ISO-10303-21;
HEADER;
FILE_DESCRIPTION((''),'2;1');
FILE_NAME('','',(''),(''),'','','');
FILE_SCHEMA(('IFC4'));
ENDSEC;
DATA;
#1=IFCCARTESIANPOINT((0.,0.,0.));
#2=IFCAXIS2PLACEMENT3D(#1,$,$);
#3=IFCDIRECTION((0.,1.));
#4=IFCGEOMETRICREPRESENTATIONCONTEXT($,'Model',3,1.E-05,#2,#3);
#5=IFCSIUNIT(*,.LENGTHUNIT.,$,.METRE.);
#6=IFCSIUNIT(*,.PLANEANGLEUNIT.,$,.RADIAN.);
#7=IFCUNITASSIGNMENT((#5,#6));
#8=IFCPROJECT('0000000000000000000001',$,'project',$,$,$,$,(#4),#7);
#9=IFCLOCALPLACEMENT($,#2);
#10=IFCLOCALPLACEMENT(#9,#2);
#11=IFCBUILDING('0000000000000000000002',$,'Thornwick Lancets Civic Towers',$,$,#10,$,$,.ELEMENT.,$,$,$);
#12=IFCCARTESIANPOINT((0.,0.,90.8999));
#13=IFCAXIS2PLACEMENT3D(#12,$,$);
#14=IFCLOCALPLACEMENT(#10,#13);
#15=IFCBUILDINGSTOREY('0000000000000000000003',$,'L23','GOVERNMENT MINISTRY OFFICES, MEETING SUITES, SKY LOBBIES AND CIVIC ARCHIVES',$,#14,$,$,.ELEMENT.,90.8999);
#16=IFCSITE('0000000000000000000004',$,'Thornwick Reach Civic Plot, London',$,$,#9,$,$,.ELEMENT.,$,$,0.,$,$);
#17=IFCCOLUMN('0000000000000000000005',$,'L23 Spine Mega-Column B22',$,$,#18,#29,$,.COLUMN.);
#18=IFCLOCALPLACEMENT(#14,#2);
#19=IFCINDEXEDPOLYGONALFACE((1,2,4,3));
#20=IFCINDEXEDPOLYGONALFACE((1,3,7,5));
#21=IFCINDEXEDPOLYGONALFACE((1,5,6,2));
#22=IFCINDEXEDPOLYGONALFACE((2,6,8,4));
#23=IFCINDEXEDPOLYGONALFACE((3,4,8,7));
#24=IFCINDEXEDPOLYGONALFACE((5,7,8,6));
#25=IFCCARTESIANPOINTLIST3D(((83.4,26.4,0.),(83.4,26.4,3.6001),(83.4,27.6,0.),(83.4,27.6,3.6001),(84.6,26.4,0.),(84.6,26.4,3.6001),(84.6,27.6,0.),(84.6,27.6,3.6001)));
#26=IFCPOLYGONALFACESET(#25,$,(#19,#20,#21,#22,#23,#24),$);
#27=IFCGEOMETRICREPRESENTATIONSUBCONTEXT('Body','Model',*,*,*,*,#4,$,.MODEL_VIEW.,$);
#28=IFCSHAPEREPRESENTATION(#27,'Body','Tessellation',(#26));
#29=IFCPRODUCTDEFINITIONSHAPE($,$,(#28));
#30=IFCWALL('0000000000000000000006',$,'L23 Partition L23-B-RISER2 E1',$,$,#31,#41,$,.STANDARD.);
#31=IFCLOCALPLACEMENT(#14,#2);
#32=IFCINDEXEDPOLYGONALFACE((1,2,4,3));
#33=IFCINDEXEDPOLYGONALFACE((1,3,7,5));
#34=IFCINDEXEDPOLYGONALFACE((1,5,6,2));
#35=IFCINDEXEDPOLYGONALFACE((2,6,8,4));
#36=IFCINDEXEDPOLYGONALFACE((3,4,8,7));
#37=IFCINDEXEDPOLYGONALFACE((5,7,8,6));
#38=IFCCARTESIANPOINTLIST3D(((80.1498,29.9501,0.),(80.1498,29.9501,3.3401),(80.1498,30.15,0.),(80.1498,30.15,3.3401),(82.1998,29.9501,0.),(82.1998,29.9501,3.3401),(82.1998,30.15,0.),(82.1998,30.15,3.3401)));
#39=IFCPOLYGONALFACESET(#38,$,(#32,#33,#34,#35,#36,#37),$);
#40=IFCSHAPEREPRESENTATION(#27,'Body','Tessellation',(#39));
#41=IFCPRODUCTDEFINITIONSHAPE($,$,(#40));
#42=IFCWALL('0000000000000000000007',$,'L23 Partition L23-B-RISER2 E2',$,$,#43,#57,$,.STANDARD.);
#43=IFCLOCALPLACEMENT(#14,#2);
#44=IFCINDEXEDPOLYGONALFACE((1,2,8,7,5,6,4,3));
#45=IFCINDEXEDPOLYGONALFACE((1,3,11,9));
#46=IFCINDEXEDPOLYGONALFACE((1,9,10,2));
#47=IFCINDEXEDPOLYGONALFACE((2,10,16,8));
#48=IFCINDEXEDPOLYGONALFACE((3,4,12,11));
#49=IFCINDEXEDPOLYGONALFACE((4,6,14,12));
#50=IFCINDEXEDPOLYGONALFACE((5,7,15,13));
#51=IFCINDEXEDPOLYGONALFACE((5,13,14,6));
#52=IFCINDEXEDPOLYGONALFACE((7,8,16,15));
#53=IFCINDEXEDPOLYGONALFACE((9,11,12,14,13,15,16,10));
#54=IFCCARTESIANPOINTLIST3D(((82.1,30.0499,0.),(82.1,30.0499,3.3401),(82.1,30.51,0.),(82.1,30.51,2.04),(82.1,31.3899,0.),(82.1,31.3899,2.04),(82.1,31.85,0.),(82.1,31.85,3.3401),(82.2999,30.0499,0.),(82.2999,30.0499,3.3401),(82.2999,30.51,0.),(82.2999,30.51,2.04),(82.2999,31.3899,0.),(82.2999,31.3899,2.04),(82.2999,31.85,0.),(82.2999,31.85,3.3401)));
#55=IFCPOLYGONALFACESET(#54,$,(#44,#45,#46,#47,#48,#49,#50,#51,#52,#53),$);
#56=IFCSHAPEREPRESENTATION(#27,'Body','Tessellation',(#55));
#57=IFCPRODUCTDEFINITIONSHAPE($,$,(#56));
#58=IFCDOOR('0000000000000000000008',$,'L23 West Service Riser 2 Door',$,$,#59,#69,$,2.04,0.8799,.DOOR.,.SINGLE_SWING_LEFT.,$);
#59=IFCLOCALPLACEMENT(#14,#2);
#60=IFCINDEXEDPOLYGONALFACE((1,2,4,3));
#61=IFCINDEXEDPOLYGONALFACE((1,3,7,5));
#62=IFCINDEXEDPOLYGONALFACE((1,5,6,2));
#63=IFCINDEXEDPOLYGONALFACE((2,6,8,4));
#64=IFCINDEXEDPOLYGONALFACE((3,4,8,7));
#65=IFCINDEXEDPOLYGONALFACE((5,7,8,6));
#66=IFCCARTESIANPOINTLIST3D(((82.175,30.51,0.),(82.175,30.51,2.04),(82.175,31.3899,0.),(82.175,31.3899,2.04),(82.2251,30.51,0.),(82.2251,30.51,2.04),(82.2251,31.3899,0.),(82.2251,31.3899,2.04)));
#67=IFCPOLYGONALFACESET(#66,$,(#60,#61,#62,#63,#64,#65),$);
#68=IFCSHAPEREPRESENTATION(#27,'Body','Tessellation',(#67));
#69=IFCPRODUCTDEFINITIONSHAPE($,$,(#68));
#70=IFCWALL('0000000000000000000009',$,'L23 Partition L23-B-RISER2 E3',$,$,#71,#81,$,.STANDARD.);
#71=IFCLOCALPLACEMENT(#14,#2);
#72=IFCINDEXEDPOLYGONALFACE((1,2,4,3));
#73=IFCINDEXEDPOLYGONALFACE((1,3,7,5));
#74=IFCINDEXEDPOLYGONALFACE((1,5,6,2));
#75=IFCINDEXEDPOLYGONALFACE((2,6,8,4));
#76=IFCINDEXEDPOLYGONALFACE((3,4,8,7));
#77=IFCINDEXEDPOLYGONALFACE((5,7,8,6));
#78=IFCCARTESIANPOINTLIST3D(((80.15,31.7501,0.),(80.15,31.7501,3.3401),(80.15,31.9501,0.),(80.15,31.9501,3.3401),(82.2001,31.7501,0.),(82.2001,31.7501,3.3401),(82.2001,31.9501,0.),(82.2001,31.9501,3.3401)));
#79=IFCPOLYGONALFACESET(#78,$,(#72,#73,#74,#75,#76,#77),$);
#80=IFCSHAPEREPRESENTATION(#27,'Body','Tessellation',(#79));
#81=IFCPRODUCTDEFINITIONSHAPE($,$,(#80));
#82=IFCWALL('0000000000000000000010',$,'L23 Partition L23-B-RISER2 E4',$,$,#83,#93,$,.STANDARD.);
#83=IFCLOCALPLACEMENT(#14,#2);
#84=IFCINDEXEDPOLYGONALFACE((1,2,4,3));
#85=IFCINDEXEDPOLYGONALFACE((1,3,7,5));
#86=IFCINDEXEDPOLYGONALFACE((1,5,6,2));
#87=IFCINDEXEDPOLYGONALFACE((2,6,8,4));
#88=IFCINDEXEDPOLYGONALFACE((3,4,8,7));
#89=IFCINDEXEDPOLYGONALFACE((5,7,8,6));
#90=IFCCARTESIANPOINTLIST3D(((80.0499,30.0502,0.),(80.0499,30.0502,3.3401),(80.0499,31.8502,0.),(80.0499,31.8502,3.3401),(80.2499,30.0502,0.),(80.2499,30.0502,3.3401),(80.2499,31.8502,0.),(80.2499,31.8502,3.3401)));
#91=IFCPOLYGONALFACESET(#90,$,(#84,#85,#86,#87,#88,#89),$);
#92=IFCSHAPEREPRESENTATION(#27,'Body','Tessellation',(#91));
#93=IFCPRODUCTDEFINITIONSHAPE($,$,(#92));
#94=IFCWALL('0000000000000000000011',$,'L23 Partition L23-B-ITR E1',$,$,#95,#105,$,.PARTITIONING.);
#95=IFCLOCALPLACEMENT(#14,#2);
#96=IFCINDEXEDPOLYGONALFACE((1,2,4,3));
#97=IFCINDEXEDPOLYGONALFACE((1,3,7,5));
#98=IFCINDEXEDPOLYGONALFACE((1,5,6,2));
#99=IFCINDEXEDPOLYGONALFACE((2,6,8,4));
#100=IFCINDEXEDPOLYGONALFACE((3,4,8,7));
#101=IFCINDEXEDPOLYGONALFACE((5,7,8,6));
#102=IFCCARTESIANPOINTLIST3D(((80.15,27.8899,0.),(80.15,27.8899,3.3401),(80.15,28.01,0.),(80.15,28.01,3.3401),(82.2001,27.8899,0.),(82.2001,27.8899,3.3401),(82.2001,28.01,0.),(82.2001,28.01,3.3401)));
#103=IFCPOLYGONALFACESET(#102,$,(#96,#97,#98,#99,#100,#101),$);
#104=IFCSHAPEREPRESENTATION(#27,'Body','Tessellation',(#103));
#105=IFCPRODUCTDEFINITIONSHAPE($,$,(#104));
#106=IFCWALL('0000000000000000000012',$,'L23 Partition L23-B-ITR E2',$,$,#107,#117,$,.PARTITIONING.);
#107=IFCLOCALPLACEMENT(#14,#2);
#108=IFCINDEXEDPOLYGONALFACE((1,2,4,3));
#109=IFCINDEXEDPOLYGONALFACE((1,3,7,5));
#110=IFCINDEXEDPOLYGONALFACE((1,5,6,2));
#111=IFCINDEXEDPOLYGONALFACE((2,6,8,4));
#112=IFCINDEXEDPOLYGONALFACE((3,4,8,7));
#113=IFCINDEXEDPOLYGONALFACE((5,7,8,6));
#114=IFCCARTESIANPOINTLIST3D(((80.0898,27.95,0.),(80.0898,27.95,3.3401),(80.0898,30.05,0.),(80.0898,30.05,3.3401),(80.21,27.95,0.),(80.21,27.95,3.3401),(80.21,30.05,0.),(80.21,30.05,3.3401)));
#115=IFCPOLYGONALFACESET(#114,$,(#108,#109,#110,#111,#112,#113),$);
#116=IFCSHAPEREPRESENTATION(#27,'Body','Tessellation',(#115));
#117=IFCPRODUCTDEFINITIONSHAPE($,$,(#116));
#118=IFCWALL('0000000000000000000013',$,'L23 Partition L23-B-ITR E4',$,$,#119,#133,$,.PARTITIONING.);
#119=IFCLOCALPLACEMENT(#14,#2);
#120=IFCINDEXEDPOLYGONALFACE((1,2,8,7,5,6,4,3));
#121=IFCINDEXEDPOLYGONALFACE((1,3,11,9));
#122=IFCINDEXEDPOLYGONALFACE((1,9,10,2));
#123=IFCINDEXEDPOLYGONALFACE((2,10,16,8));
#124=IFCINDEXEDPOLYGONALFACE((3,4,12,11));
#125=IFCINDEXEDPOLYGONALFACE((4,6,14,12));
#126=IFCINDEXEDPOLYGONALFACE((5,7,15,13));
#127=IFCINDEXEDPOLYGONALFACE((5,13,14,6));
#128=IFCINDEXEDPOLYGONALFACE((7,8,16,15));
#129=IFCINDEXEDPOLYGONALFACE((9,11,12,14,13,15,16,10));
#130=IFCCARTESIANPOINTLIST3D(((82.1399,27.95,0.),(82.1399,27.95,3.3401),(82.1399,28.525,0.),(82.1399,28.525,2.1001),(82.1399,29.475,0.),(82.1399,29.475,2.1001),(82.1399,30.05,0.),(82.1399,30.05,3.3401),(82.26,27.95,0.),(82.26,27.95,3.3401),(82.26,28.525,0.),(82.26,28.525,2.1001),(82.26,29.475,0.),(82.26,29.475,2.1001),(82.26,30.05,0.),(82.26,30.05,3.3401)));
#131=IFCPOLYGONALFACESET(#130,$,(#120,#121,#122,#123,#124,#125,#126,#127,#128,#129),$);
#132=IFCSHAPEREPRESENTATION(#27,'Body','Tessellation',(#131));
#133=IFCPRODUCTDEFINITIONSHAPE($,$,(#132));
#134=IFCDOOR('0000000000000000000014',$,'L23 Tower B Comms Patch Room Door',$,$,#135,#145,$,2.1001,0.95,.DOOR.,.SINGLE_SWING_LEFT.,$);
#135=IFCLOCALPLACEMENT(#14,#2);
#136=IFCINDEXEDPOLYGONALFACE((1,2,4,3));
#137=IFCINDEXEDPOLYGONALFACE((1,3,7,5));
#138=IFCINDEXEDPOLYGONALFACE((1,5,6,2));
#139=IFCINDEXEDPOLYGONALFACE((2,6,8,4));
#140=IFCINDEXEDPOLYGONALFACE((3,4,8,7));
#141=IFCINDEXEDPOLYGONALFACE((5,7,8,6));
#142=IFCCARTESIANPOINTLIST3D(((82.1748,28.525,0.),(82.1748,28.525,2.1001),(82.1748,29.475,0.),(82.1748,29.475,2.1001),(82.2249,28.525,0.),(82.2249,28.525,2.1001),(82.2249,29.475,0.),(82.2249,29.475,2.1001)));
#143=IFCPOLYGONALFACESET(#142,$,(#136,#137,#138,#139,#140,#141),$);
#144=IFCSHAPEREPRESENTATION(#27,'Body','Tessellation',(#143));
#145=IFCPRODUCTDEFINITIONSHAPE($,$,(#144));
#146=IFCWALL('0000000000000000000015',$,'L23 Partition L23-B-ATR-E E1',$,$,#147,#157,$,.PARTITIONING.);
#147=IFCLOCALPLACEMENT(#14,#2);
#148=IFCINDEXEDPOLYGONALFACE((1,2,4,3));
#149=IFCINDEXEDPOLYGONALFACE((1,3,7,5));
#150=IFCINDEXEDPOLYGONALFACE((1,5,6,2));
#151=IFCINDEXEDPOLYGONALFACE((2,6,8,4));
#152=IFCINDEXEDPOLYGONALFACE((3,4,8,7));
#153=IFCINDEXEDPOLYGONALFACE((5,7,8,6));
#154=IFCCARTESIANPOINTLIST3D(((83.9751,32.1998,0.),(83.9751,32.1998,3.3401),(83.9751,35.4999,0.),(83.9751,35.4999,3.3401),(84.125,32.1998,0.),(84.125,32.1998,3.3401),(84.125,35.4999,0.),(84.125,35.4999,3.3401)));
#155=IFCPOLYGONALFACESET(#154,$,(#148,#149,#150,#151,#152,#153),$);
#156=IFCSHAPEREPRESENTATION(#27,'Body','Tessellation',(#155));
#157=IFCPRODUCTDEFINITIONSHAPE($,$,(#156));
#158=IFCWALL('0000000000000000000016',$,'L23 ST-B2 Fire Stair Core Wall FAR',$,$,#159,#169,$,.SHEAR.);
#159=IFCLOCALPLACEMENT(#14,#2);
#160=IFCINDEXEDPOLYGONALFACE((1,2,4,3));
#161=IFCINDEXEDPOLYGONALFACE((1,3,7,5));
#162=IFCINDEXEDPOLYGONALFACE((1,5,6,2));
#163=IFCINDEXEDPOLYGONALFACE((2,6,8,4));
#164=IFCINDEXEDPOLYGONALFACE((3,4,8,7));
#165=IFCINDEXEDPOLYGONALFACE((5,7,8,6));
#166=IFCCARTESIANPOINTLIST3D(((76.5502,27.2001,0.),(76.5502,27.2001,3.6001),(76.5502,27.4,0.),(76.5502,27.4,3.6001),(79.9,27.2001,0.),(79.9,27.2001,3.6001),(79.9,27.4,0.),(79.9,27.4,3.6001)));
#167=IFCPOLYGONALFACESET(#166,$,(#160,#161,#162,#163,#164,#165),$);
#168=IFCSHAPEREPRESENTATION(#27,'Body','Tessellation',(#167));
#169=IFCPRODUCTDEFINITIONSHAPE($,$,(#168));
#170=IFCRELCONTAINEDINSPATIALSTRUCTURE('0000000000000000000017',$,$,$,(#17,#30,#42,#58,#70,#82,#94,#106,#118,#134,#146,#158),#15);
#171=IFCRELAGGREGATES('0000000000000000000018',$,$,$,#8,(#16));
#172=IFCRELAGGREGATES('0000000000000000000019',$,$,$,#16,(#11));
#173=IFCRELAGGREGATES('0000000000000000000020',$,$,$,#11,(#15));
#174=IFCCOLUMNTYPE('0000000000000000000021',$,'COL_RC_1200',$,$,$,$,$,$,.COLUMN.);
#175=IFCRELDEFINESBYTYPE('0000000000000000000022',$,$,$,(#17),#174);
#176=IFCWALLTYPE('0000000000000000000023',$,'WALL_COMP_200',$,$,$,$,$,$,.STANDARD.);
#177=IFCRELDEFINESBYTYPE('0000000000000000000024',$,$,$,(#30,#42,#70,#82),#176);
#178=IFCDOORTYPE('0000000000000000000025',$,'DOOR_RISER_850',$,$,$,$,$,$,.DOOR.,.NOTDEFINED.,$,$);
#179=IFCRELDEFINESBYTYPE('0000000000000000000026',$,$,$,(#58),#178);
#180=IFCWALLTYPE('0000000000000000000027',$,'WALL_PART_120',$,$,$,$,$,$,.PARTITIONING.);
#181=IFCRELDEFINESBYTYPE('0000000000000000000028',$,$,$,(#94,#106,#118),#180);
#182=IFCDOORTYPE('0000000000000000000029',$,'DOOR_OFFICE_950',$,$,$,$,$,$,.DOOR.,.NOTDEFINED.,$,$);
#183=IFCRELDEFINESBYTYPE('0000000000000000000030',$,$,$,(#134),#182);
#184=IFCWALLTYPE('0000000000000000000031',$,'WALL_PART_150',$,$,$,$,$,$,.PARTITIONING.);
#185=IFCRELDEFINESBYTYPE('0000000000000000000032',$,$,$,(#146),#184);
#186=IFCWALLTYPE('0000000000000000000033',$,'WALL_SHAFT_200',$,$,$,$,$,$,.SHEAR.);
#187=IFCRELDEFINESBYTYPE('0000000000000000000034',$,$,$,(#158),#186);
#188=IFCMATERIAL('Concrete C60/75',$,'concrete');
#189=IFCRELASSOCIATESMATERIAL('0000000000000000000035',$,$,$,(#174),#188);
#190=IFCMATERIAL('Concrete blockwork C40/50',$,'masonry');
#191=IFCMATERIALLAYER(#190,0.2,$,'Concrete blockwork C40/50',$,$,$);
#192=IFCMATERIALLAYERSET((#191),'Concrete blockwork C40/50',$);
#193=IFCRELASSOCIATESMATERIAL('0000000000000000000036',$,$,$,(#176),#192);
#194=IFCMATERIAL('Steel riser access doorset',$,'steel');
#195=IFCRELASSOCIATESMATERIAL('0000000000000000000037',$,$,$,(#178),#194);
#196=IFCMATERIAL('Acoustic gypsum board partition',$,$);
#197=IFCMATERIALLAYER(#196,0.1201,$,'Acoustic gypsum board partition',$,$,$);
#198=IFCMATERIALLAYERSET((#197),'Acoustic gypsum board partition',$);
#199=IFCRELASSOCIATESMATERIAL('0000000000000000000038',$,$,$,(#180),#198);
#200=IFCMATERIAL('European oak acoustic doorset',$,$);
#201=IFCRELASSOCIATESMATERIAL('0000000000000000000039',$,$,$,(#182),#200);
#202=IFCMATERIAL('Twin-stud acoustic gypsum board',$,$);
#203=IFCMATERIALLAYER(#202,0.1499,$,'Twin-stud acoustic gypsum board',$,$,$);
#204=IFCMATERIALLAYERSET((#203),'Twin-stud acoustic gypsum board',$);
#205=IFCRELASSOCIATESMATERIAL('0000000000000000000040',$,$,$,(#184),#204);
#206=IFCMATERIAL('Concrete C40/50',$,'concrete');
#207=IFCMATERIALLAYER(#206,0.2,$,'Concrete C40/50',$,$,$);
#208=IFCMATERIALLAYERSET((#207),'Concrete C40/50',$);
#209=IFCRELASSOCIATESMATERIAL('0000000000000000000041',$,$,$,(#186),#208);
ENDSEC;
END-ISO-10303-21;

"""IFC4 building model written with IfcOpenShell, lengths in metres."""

from ifc_helpers import new_model, si_unit, direction, frame, frame_2d, origin, origin_2d, place, context, subcontext, project, spatial, rectangle, extrude, material, layer, layer_set, material_profile, profile_set, type_object, element, fill, save


model = new_model("IFC4")

# Units and contexts
model_context = context("Model", 3, precision=1e-05, world=origin(), true_north=direction((0.0, 1.0)))
body_context = subcontext(model_context, "Body", "Model", "MODEL_VIEW")
ifc_project = project(units=[si_unit("LENGTHUNIT", "METRE"), si_unit("PLANEANGLEUNIT", "RADIAN")], contexts=[model_context])

# Site, building, storey
site_placement = place(None, origin())
site = spatial("IfcSite", under=ifc_project, at=site_placement, Name="Thornwick Reach Civic Plot, London", CompositionType="ELEMENT", RefElevation=0.0)
building_placement = place(site_placement, origin())
building = spatial("IfcBuilding", under=site, at=building_placement, Name="Thornwick Lancets Civic Towers", CompositionType="ELEMENT")
storey_placement = place(building_placement, frame((0.0, 0.0, 90.8999)))
storey = spatial("IfcBuildingStorey", under=building, at=storey_placement, Name="L23", Description="GOVERNMENT MINISTRY OFFICES, MEETING SUITES, SKY LOBBIES AND CIVIC ARCHIVES", CompositionType="ELEMENT", Elevation=90.8999)

# Column
ifc_material_1 = material(Name="Concrete C60/75", Category="concrete")
ifc_material_profile = material_profile(ifc_material_1, rectangle(XDim=1.2, YDim=1.2, at=origin_2d()), Name="RC 1200x1200")
ifc_profile_set = profile_set([ifc_material_profile], Name="Concrete C60/75")
column_type = type_object("IfcColumnType", Name="COL_RC_1200", PredefinedType="COLUMN", material=ifc_profile_set)
column_placement = place(storey_placement, frame((84.0, 27.0, 0.0), z_axis=(0.0, 0.0, 1.0), x_axis=(1.0, 0.0, 0.0)))
element("IfcColumn", 1, at=column_placement, inside=storey, type_object=column_type, Name="L23 Spine Mega-Column B22", PredefinedType="COLUMN", context=body_context, shape_type="SweptSolid", body=[
    extrude(rectangle(XDim=1.2, YDim=1.2, at=origin_2d()), origin(), (0.0, 0.0, 1.0), 3.6001),
])

# Wall
ifc_material_2 = material(Name="Concrete blockwork C40/50", Category="masonry")
ifc_layer_1 = layer(ifc_material_2, 0.2, Name="Concrete blockwork C40/50")
ifc_layer_set_1 = layer_set([ifc_layer_1], Name="Concrete blockwork C40/50")
wall_type_1 = type_object("IfcWallType", Name="WALL_COMP_200", PredefinedType="STANDARD", material=ifc_layer_set_1)
wall_1_placement = place(storey_placement, frame((80.1499, 30.05, 0.0), z_axis=(0.0, 0.0, 1.0), x_axis=(1.0, 0.0, 0.0)))
element("IfcWall", 2, at=wall_1_placement, inside=storey, type_object=wall_type_1, Name="L23 Partition L23-B-RISER2 E1", PredefinedType="STANDARD", context=body_context, shape_type="SweptSolid", body=[
    extrude(rectangle(XDim=2.05, YDim=0.2, at=frame_2d((1.0249, 0.0))), origin(), (0.0, 0.0, 1.0), 3.3401),
])

# Wall, opening, door
wall_2_placement = place(storey_placement, frame((82.2, 30.05, 0.0), z_axis=(0.0, 0.0, 1.0), x_axis=(0.0, 1.0, 0.0)))
wall_2 = element("IfcWall", 3, at=wall_2_placement, inside=storey, type_object=wall_type_1, Name="L23 Partition L23-B-RISER2 E2", PredefinedType="STANDARD", context=body_context, shape_type="SweptSolid", body=[
    extrude(rectangle(XDim=1.8, YDim=0.2, at=frame_2d((0.8999, 0.0))), origin(), (0.0, 0.0, 1.0), 3.3401),
])
opening_1_placement = place(wall_2_placement, frame((0.46, 0.0, 0.0)))
opening_1 = element("IfcOpeningElement", 4, at=opening_1_placement, cuts=wall_2, PredefinedType="OPENING", context=body_context, shape_type="SweptSolid", body=[
    extrude(rectangle(XDim=0.8799, YDim=2.04, at=frame_2d((0.4399, 1.02))), frame((0.0, 0.1099, 0.0), z_axis=(0.0, -1.0, 0.0), x_axis=(1.0, 0.0, 0.0)), (0.0, 0.0, 1.0), 0.22),
])
ifc_material_3 = material(Name="Steel riser access doorset", Category="steel")
door_type_1 = type_object("IfcDoorType", Name="DOOR_RISER_850", OperationType="NOTDEFINED", PredefinedType="DOOR", material=ifc_material_3)
door_1_placement = place(opening_1_placement, origin())
door_1 = element("IfcDoor", 5, at=door_1_placement, inside=storey, type_object=door_type_1, Name="L23 West Service Riser 2 Door", OperationType="SINGLE_SWING_LEFT", OverallHeight=2.04, OverallWidth=0.8799, PredefinedType="DOOR", context=body_context, shape_type="SweptSolid", body=[
    extrude(rectangle(XDim=0.8799, YDim=2.04, at=frame_2d((0.4399, 1.02))), frame((0.0, 0.0249, 0.0), z_axis=(0.0, -1.0, 0.0), x_axis=(1.0, 0.0, 0.0)), (0.0, 0.0, 1.0), 0.05),
])
fill(opening_1, door_1)

# Walls
wall_3_placement = place(storey_placement, frame((82.2, 31.8501, 0.0), z_axis=(0.0, 0.0, 1.0), x_axis=(-1.0, 0.0, 0.0)))
element("IfcWall", 6, at=wall_3_placement, inside=storey, type_object=wall_type_1, Name="L23 Partition L23-B-RISER2 E3", PredefinedType="STANDARD", context=body_context, shape_type="SweptSolid", body=[
    extrude(rectangle(XDim=2.05, YDim=0.2, at=frame_2d((1.0249, 0.0))), origin(), (0.0, 0.0, 1.0), 3.3401),
])
wall_4_placement = place(storey_placement, frame((80.1499, 31.8501, 0.0), z_axis=(0.0, 0.0, 1.0), x_axis=(0.0, -1.0, 0.0)))
element("IfcWall", 7, at=wall_4_placement, inside=storey, type_object=wall_type_1, Name="L23 Partition L23-B-RISER2 E4", PredefinedType="STANDARD", context=body_context, shape_type="SweptSolid", body=[
    extrude(rectangle(XDim=1.8, YDim=0.2, at=frame_2d((0.8999, 0.0))), origin(), (0.0, 0.0, 1.0), 3.3401),
])
ifc_material_4 = material(Name="Acoustic gypsum board partition")
ifc_layer_2 = layer(ifc_material_4, 0.1201, Name="Acoustic gypsum board partition")
ifc_layer_set_2 = layer_set([ifc_layer_2], Name="Acoustic gypsum board partition")
wall_type_2 = type_object("IfcWallType", Name="WALL_PART_120", PredefinedType="PARTITIONING", material=ifc_layer_set_2)
wall_5_placement = place(storey_placement, frame((82.2, 27.95, 0.0), z_axis=(0.0, 0.0, 1.0), x_axis=(-1.0, 0.0, 0.0)))
element("IfcWall", 8, at=wall_5_placement, inside=storey, type_object=wall_type_2, Name="L23 Partition L23-B-ITR E1", PredefinedType="PARTITIONING", context=body_context, shape_type="SweptSolid", body=[
    extrude(rectangle(XDim=2.05, YDim=0.1201, at=frame_2d((1.0249, 0.0))), origin(), (0.0, 0.0, 1.0), 3.3401),
])
wall_6_placement = place(storey_placement, frame((80.1499, 27.95, 0.0), z_axis=(0.0, 0.0, 1.0), x_axis=(0.0, 1.0, 0.0)))
element("IfcWall", 9, at=wall_6_placement, inside=storey, type_object=wall_type_2, Name="L23 Partition L23-B-ITR E2", PredefinedType="PARTITIONING", context=body_context, shape_type="SweptSolid", body=[
    extrude(rectangle(XDim=2.1001, YDim=0.1201, at=frame_2d((1.05, 0.0))), origin(), (0.0, 0.0, 1.0), 3.3401),
])

# Wall, opening, door
wall_7_placement = place(storey_placement, frame((82.2, 30.05, 0.0), z_axis=(0.0, 0.0, 1.0), x_axis=(0.0, -1.0, 0.0)))
wall_7 = element("IfcWall", 10, at=wall_7_placement, inside=storey, type_object=wall_type_2, Name="L23 Partition L23-B-ITR E4", PredefinedType="PARTITIONING", context=body_context, shape_type="SweptSolid", body=[
    extrude(rectangle(XDim=2.1001, YDim=0.1201, at=frame_2d((1.05, 0.0))), origin(), (0.0, 0.0, 1.0), 3.3401),
])
opening_2_placement = place(wall_7_placement, frame((0.575, 0.0, 0.0)))
opening_2 = element("IfcOpeningElement", 11, at=opening_2_placement, cuts=wall_7, PredefinedType="OPENING", context=body_context, shape_type="SweptSolid", body=[
    extrude(rectangle(XDim=0.95, YDim=2.1001, at=frame_2d((0.4751, 1.05))), frame((0.0, 0.0701, 0.0), z_axis=(0.0, -1.0, 0.0), x_axis=(1.0, 0.0, 0.0)), (0.0, 0.0, 1.0), 0.1401),
])
ifc_material_5 = material(Name="European oak acoustic doorset")
door_type_2 = type_object("IfcDoorType", Name="DOOR_OFFICE_950", OperationType="NOTDEFINED", PredefinedType="DOOR", material=ifc_material_5)
door_2_placement = place(opening_2_placement, origin())
door_2 = element("IfcDoor", 12, at=door_2_placement, inside=storey, type_object=door_type_2, Name="L23 Tower B Comms Patch Room Door", OperationType="SINGLE_SWING_LEFT", OverallHeight=2.1001, OverallWidth=0.95, PredefinedType="DOOR", context=body_context, shape_type="SweptSolid", body=[
    extrude(rectangle(XDim=0.95, YDim=2.1001, at=frame_2d((0.4751, 1.05))), frame((0.0, 0.0249, 0.0), z_axis=(0.0, -1.0, 0.0), x_axis=(1.0, 0.0, 0.0)), (0.0, 0.0, 1.0), 0.05),
])
fill(opening_2, door_2)

# Walls
ifc_material_6 = material(Name="Twin-stud acoustic gypsum board")
ifc_layer_3 = layer(ifc_material_6, 0.1499, Name="Twin-stud acoustic gypsum board")
ifc_layer_set_3 = layer_set([ifc_layer_3], Name="Twin-stud acoustic gypsum board")
wall_type_3 = type_object("IfcWallType", Name="WALL_PART_150", PredefinedType="PARTITIONING", material=ifc_layer_set_3)
wall_8_placement = place(storey_placement, frame((84.05, 32.2, 0.0), z_axis=(0.0, 0.0, 1.0), x_axis=(0.0, 1.0, 0.0)))
element("IfcWall", 13, at=wall_8_placement, inside=storey, type_object=wall_type_3, Name="L23 Partition L23-B-ATR-E E1", PredefinedType="PARTITIONING", context=body_context, shape_type="SweptSolid", body=[
    extrude(rectangle(XDim=3.3, YDim=0.1499, at=frame_2d((1.6499, 0.0))), origin(), (0.0, 0.0, 1.0), 3.3401),
])
ifc_material_7 = material(Name="Concrete C40/50", Category="concrete")
ifc_layer_4 = layer(ifc_material_7, 0.2, Name="Concrete C40/50")
ifc_layer_set_4 = layer_set([ifc_layer_4], Name="Concrete C40/50")
wall_type_4 = type_object("IfcWallType", Name="WALL_SHAFT_200", PredefinedType="SHEAR", material=ifc_layer_set_4)
wall_9_placement = place(storey_placement, frame((79.8999, 27.3, 0.0), z_axis=(0.0, 0.0, 1.0), x_axis=(-1.0, 0.0, 0.0)))
element("IfcWall", 14, at=wall_9_placement, inside=storey, type_object=wall_type_4, Name="L23 ST-B2 Fire Stair Core Wall FAR", PredefinedType="SHEAR", context=body_context, shape_type="SweptSolid", body=[
    extrude(rectangle(XDim=3.3499, YDim=0.2, at=frame_2d((1.6748, 0.0))), origin(), (0.0, 0.0, 1.0), 3.6001),
])

save(model, "model.ifc")
